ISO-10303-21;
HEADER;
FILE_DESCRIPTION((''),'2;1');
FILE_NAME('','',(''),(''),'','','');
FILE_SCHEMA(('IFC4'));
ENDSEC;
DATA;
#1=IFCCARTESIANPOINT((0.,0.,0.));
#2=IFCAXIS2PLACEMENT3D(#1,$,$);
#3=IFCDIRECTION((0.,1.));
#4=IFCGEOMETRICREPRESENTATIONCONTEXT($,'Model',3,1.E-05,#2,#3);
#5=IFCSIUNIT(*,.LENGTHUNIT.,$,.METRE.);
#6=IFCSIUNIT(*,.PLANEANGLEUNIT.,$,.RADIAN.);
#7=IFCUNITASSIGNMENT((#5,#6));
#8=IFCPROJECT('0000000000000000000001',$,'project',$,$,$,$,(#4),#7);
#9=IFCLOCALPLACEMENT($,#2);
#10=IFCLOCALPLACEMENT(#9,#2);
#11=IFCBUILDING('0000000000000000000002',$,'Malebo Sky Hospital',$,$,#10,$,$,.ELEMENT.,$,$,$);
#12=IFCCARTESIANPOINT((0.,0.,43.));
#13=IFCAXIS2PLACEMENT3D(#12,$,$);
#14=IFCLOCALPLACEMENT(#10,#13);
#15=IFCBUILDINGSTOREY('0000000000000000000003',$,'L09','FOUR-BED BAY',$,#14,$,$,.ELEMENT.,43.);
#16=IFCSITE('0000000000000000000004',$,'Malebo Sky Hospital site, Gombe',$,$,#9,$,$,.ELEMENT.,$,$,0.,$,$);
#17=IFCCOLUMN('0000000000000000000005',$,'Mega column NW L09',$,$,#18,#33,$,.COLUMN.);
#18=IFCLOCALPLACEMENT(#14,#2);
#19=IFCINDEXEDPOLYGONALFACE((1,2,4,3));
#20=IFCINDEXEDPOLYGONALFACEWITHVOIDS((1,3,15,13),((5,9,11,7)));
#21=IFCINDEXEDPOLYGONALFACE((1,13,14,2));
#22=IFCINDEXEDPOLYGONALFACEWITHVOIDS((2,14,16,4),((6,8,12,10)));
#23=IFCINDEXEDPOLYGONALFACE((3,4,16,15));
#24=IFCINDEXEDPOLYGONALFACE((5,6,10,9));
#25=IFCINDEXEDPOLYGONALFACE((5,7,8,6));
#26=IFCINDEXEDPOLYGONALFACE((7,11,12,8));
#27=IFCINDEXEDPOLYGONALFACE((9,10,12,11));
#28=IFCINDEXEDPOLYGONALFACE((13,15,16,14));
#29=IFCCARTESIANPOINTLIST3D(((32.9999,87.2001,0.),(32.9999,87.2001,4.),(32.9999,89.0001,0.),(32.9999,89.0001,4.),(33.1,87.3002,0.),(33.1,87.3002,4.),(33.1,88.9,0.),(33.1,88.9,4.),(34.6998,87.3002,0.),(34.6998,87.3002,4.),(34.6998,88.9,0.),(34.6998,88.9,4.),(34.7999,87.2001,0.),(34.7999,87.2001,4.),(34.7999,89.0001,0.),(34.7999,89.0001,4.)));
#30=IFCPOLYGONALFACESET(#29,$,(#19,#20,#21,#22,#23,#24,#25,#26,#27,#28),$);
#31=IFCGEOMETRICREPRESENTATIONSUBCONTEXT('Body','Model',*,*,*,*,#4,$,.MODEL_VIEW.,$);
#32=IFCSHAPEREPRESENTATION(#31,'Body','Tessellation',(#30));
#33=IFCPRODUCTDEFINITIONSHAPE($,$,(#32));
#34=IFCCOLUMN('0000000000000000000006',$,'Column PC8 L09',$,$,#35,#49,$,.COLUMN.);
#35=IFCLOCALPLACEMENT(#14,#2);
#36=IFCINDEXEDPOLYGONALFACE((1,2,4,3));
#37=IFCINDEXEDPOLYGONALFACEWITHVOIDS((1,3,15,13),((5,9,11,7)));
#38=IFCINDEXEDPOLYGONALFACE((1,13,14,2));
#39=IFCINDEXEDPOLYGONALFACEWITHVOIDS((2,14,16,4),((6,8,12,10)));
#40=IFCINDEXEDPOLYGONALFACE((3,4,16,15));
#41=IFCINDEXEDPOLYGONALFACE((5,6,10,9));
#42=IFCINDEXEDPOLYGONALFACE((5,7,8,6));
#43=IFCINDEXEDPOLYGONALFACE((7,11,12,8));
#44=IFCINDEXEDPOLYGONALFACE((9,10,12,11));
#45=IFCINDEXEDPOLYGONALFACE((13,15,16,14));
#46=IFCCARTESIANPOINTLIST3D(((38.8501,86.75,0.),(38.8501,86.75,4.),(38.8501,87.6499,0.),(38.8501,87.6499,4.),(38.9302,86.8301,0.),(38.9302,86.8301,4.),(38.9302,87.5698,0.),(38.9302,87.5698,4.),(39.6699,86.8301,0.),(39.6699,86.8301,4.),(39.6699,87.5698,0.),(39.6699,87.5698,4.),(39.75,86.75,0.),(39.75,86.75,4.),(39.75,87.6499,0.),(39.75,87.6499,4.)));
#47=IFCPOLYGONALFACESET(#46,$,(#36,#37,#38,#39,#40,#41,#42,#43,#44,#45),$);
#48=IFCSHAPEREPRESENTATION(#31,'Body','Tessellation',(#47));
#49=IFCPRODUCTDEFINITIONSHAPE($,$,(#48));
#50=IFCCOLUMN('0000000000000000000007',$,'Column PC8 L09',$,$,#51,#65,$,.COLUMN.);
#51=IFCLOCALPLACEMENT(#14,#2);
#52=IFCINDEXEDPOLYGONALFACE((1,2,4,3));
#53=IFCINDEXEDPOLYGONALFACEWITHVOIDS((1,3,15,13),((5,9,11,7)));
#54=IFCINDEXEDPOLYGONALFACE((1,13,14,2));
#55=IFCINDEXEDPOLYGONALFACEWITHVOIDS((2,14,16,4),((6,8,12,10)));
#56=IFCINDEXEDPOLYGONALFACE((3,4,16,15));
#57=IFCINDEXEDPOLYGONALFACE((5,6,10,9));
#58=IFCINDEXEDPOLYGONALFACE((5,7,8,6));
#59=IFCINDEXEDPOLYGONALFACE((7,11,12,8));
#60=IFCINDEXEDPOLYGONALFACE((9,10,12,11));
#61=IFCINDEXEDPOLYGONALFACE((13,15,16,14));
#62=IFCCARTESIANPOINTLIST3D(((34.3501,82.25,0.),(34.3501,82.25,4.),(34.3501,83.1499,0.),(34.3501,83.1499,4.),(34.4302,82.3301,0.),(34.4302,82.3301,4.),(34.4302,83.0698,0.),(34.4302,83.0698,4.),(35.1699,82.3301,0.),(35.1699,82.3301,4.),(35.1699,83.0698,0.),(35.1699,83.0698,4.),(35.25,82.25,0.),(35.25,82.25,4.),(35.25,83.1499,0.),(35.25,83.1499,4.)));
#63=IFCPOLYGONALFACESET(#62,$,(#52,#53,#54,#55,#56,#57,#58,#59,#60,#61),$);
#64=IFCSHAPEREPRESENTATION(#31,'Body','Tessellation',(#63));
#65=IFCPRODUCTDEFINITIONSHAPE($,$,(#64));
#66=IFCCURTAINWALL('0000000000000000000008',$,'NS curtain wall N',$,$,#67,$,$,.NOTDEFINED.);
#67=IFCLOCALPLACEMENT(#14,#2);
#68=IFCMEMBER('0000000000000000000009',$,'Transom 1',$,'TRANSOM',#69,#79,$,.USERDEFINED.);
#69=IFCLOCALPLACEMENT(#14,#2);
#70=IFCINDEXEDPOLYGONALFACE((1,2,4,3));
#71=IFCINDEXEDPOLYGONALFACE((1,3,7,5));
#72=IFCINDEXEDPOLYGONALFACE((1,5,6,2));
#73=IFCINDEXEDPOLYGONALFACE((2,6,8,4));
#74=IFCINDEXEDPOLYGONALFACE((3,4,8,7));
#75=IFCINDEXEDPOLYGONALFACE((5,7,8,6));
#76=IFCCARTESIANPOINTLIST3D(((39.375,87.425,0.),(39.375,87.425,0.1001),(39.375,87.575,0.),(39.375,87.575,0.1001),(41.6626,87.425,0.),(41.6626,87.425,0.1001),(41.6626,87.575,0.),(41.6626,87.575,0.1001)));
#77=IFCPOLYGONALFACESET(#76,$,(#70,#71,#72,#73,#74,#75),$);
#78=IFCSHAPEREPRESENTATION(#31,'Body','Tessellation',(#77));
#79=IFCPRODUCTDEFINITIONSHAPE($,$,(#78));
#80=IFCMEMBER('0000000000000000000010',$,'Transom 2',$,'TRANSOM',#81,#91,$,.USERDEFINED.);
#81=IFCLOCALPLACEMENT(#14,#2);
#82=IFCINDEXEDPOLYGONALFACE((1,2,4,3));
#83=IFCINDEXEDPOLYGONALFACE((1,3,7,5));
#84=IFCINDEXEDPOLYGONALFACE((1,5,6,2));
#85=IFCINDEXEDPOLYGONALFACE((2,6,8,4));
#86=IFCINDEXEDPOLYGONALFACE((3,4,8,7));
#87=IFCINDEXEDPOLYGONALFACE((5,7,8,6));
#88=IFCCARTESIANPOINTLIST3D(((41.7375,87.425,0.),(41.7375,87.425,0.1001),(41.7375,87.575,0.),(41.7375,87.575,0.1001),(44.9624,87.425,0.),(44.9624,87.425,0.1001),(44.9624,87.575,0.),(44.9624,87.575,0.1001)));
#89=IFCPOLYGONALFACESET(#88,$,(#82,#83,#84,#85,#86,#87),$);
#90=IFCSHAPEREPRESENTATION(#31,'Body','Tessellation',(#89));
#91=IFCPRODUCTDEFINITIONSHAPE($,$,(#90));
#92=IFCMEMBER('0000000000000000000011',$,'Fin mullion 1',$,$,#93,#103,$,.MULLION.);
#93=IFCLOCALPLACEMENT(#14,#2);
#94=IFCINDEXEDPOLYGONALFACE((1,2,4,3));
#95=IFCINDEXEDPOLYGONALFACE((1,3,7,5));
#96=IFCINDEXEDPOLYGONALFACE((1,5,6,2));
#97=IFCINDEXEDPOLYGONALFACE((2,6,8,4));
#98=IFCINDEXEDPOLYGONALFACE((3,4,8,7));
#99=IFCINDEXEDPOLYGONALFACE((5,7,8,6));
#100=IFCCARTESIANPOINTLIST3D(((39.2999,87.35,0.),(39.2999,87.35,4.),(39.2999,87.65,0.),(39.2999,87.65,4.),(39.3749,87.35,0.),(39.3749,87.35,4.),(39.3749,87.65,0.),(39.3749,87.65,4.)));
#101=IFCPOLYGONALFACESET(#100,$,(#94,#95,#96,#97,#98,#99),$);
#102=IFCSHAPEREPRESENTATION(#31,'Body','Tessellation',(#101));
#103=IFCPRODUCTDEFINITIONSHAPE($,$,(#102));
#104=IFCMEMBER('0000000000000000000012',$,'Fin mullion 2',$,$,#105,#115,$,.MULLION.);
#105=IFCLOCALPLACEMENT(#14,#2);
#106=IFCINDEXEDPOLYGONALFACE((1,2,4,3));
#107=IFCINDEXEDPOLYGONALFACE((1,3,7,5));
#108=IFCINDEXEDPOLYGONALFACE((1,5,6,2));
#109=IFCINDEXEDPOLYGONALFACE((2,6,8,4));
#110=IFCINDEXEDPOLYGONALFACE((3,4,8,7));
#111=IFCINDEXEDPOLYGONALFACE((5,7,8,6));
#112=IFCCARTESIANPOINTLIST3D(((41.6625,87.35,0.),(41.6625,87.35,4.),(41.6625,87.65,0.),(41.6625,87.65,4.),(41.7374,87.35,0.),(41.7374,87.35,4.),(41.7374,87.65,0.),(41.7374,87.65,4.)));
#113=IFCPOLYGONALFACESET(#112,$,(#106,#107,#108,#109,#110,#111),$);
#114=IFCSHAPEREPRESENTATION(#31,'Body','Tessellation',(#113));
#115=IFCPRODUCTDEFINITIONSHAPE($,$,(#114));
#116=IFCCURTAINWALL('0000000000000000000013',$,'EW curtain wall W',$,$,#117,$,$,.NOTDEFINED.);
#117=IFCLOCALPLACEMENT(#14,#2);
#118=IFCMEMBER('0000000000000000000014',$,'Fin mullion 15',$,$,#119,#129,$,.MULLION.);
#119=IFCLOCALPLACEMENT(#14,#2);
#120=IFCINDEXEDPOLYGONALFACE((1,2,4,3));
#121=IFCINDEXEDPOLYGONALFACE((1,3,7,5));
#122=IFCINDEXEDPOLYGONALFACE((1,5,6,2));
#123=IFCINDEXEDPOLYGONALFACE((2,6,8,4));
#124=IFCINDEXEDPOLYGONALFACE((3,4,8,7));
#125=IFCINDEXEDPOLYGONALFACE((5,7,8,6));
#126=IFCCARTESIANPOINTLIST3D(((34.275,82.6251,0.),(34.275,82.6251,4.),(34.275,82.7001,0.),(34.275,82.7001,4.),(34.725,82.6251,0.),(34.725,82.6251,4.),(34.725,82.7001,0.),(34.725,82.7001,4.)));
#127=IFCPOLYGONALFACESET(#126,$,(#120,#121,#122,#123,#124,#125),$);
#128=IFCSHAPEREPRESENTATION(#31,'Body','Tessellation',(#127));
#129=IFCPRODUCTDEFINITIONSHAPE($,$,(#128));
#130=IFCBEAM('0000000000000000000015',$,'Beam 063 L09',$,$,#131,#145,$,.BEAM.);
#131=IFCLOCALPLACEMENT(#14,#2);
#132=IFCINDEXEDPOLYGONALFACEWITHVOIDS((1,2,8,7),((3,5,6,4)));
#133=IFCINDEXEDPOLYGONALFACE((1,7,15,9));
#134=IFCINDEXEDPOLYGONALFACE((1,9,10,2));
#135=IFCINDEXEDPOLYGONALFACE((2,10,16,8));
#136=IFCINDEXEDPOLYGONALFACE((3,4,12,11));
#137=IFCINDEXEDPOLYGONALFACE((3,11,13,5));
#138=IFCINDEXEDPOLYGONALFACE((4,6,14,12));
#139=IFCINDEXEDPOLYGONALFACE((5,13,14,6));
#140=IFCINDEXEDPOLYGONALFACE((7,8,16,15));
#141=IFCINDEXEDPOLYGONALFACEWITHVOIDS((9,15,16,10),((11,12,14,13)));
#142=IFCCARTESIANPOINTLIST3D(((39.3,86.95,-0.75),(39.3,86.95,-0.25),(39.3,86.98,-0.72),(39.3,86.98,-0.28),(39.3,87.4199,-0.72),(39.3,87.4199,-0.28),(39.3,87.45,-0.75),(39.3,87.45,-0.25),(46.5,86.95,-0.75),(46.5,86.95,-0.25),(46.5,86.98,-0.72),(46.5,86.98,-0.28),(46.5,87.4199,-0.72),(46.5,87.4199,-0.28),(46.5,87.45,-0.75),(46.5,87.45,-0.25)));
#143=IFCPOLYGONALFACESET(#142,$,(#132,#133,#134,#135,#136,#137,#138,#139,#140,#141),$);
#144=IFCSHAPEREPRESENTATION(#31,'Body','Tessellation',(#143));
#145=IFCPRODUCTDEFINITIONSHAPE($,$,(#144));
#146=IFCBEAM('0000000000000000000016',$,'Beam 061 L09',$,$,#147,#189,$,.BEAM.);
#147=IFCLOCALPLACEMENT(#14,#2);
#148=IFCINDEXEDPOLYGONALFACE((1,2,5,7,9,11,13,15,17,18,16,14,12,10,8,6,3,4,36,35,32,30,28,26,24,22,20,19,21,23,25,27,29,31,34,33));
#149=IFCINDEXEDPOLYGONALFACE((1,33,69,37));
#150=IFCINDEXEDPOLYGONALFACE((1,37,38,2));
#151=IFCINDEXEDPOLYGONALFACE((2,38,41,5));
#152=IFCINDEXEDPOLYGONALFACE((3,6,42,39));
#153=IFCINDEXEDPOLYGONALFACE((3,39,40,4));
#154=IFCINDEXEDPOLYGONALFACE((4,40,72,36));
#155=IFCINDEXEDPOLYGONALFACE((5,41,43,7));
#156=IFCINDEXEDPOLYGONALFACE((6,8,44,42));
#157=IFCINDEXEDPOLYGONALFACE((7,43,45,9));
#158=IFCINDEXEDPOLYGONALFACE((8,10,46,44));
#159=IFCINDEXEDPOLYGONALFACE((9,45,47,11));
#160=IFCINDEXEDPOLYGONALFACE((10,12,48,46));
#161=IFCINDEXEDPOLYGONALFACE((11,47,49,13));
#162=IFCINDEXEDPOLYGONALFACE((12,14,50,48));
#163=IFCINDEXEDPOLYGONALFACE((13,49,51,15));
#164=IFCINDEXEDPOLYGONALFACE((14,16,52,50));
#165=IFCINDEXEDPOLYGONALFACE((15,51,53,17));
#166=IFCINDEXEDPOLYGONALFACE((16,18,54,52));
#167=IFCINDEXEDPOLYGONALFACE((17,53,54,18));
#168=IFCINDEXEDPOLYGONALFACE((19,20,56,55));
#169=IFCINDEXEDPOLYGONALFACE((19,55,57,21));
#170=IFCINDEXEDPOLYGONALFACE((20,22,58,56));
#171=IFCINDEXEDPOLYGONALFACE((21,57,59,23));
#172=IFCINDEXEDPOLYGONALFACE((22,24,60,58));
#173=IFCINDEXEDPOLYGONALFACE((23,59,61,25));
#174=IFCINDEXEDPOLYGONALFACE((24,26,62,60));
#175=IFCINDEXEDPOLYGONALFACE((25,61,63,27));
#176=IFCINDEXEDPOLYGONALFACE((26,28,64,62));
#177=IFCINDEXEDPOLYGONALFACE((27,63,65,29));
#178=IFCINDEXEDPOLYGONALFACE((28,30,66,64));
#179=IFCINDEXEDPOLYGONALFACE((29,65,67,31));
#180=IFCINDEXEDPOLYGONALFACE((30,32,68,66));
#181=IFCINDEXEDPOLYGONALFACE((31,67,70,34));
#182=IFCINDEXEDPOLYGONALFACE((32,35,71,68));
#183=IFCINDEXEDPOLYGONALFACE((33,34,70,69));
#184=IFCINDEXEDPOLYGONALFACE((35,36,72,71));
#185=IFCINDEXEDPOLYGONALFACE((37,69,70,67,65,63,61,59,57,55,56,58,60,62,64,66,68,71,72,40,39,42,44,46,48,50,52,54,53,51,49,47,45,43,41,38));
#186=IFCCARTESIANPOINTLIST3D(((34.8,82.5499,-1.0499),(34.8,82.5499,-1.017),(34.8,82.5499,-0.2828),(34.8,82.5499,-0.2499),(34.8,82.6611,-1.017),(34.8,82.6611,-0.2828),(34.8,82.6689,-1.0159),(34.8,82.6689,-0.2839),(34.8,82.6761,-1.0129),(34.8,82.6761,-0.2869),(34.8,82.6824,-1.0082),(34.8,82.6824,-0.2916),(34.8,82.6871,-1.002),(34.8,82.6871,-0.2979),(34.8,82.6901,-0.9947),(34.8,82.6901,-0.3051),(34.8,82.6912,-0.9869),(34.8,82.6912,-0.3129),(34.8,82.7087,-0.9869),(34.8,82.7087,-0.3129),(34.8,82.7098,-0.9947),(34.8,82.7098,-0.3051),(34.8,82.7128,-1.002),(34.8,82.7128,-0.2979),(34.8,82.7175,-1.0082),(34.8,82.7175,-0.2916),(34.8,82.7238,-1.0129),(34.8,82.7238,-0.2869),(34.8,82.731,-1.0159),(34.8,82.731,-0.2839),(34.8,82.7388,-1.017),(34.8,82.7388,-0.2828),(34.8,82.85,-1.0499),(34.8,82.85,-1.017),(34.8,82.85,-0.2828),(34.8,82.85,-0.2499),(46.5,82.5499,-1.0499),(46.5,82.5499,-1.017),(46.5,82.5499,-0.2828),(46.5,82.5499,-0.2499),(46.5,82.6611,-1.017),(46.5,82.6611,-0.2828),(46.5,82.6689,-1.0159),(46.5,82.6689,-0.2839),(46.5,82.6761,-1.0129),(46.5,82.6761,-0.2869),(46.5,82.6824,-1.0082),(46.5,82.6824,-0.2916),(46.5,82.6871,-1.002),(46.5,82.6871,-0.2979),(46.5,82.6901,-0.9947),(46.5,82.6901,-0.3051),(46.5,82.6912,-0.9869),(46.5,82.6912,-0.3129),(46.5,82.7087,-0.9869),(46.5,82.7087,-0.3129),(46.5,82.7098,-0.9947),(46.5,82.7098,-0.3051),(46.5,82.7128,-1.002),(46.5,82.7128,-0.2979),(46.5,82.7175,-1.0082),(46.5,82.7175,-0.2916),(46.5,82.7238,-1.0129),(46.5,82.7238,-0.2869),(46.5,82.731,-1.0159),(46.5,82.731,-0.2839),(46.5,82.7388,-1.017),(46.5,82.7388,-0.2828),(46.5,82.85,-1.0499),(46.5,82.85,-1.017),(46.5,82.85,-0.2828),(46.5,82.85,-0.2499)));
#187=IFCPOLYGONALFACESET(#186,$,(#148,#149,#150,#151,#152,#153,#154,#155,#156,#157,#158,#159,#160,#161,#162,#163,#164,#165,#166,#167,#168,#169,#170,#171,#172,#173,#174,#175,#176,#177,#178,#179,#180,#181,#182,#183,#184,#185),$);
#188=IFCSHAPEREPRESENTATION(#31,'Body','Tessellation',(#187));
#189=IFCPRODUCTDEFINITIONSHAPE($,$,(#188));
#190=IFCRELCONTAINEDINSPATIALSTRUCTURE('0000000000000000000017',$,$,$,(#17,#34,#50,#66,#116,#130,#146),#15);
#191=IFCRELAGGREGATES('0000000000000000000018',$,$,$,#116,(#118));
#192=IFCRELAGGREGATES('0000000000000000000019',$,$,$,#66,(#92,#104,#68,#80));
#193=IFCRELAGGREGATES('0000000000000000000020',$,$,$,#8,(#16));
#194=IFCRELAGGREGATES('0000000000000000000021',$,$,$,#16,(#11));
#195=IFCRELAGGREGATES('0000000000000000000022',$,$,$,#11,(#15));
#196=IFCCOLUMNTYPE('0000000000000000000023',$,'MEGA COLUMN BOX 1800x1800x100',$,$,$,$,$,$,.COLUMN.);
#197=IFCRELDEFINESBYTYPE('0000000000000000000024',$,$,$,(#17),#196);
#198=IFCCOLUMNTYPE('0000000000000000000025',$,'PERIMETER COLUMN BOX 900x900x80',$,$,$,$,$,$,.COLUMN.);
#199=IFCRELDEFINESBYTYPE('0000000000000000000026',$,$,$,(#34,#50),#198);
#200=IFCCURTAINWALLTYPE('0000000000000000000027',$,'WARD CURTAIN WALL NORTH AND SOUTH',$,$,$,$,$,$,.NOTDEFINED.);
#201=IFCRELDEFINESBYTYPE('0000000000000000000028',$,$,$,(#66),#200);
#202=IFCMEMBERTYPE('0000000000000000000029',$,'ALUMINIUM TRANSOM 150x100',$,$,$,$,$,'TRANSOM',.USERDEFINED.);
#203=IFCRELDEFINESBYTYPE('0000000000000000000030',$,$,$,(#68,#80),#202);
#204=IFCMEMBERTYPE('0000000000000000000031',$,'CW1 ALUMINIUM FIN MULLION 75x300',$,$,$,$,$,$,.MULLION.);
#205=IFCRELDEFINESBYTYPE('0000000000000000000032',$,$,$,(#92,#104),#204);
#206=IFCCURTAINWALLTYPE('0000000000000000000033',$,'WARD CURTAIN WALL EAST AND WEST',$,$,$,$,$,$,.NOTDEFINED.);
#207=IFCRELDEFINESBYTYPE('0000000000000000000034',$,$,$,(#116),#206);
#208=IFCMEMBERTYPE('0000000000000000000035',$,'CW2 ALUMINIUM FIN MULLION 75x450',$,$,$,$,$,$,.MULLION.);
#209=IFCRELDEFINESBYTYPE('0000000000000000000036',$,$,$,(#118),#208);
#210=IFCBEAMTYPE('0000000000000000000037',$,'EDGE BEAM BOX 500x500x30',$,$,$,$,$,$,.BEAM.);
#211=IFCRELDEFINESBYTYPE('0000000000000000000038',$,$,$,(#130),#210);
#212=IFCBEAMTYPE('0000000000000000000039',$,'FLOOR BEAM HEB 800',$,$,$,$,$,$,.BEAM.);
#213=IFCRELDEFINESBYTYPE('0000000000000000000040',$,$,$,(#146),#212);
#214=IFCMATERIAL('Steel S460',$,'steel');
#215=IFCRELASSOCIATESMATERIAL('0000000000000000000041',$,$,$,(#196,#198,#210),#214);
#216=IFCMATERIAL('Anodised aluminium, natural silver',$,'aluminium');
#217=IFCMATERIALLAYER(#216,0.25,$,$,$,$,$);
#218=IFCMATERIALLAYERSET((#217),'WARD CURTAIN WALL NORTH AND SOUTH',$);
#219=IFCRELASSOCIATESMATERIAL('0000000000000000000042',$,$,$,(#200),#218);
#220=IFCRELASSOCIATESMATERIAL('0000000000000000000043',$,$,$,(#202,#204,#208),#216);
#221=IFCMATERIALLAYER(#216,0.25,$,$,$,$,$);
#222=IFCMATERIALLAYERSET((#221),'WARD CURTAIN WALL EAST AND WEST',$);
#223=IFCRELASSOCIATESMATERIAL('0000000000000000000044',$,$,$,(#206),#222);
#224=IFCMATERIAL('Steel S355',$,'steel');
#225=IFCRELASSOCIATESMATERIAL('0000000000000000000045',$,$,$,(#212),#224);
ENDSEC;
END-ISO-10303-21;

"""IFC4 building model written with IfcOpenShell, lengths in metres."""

from ifc_helpers import new_model, si_unit, direction, frame, origin, origin_2d, place, context, subcontext, project, spatial, rectangle, hollow_rectangle, i_section, extrude, material, layer, layer_set, material_profile, profile_set, type_object, element, aggregate, save


model = new_model("IFC4")

# Units and contexts
model_context = context("Model", 3, precision=1e-05, world=origin(), true_north=direction((0.0, 1.0)))
body_context = subcontext(model_context, "Body", "Model", "MODEL_VIEW")
ifc_project = project(units=[si_unit("LENGTHUNIT", "METRE"), si_unit("PLANEANGLEUNIT", "RADIAN")], contexts=[model_context])

# Site, building, storey
site_placement = place(None, origin())
site = spatial("IfcSite", under=ifc_project, at=site_placement, Name="Malebo Sky Hospital site, Gombe", CompositionType="ELEMENT", RefElevation=0.0)
building_placement = place(site_placement, origin())
building = spatial("IfcBuilding", under=site, at=building_placement, Name="Malebo Sky Hospital", CompositionType="ELEMENT")
storey_placement = place(building_placement, frame((0.0, 0.0, 43.0)))
storey = spatial("IfcBuildingStorey", under=building, at=storey_placement, Name="L09", Description="FOUR-BED BAY", CompositionType="ELEMENT", Elevation=43.0)

# Columns
ifc_material_1 = material(Name="Steel S460", Category="steel")
ifc_material_profile_1 = material_profile(ifc_material_1, hollow_rectangle(XDim=1.8, YDim=1.8, WallThickness=0.1001, at=origin_2d()), Name="BOX 1800x1800x100")
ifc_profile_set_1 = profile_set([ifc_material_profile_1], Name="Steel S460")
column_type_1 = type_object("IfcColumnType", Name="MEGA COLUMN BOX 1800x1800x100", PredefinedType="COLUMN", material=ifc_profile_set_1)
column_placement = place(storey_placement, frame((33.8999, 88.1001, 0.0), z_axis=(0.0, 0.0, 1.0), x_axis=(1.0, 0.0, 0.0)))
element("IfcColumn", 1, at=column_placement, inside=storey, type_object=column_type_1, Name="Mega column NW L09", PredefinedType="COLUMN", context=body_context, shape_type="SweptSolid", body=[
    extrude(hollow_rectangle(XDim=1.8, YDim=1.8, WallThickness=0.1001, at=origin_2d()), origin(), (0.0, 0.0, 1.0), 4.0),
])
ifc_material_profile_2 = material_profile(ifc_material_1, hollow_rectangle(XDim=0.8999, YDim=0.8999, WallThickness=0.0801, at=origin_2d()), Name="BOX 900x900x80")
ifc_profile_set_2 = profile_set([ifc_material_profile_2], Name="Steel S460")
column_type_2 = type_object("IfcColumnType", Name="PERIMETER COLUMN BOX 900x900x80", PredefinedType="COLUMN", material=ifc_profile_set_2)
for number, where, z_axis, x_axis, name in (
    (2, (39.3, 87.2, 0.0), (0.0, 0.0, 1.0), (1.0, 0.0, 0.0), "Column PC8 L09"),
    (3, (34.8, 82.7, 0.0), (0.0, 0.0, 1.0), (1.0, 0.0, 0.0), "Column PC8 L09"),
):
    element("IfcColumn", number, at=place(storey_placement, frame(where, z_axis=z_axis, x_axis=x_axis)), inside=storey, type_object=column_type_2, Name=name, PredefinedType="COLUMN", context=body_context, shape_type="SweptSolid", body=[
        extrude(hollow_rectangle(XDim=0.8999, YDim=0.8999, WallThickness=0.0801, at=origin_2d()), origin(), (0.0, 0.0, 1.0), 4.0),
    ])

# Curtain wall, members
ifc_material_2 = material(Name="Anodised aluminium, natural silver", Category="aluminium")
ifc_layer_1 = layer(ifc_material_2, 0.25)
ifc_layer_set_1 = layer_set([ifc_layer_1], Name="WARD CURTAIN WALL NORTH AND SOUTH")
curtain_wall_type_1 = type_object("IfcCurtainWallType", Name="WARD CURTAIN WALL NORTH AND SOUTH", PredefinedType="NOTDEFINED", material=ifc_layer_set_1)
curtain_wall_1_placement = place(storey_placement, origin())
curtain_wall_1 = element("IfcCurtainWall", 4, at=curtain_wall_1_placement, inside=storey, type_object=curtain_wall_type_1, Name="NS curtain wall N", PredefinedType="NOTDEFINED")
ifc_material_profile_3 = material_profile(ifc_material_2, rectangle(XDim=0.1499, YDim=0.1001, at=origin_2d()), Name="ALUMINIUM TRANSOM 150x100")
ifc_profile_set_3 = profile_set([ifc_material_profile_3], Name="Anodised aluminium, natural silver")
member_type_1 = type_object("IfcMemberType", Name="ALUMINIUM TRANSOM 150x100", ElementType="TRANSOM", PredefinedType="USERDEFINED", material=ifc_profile_set_3)
member_1_placement = place(storey_placement, frame((39.375, 87.5, 0.05), z_axis=(1.0, 0.0, 0.0), x_axis=(0.0, 1.0, 0.0)))
member_1 = element("IfcMember", 5, at=member_1_placement, type_object=member_type_1, Name="Transom 1", ObjectType="TRANSOM", PredefinedType="USERDEFINED", context=body_context, shape_type="SweptSolid", body=[
    extrude(rectangle(XDim=0.1499, YDim=0.1001, at=origin_2d()), origin(), (0.0, 0.0, 1.0), 2.2876),
])
member_2_placement = place(storey_placement, frame((41.7375, 87.5, 0.05), z_axis=(1.0, 0.0, 0.0), x_axis=(0.0, 1.0, 0.0)))
member_2 = element("IfcMember", 6, at=member_2_placement, type_object=member_type_1, Name="Transom 2", ObjectType="TRANSOM", PredefinedType="USERDEFINED", context=body_context, shape_type="SweptSolid", body=[
    extrude(rectangle(XDim=0.1499, YDim=0.1001, at=origin_2d()), origin(), (0.0, 0.0, 1.0), 3.2249),
])
ifc_material_profile_4 = material_profile(ifc_material_2, rectangle(XDim=0.075, YDim=0.3, at=origin_2d()), Name="CW1 ALUMINIUM FIN MULLION 75x300")
ifc_profile_set_4 = profile_set([ifc_material_profile_4], Name="Anodised aluminium, natural silver")
member_type_2 = type_object("IfcMemberType", Name="CW1 ALUMINIUM FIN MULLION 75x300", PredefinedType="MULLION", material=ifc_profile_set_4)
member_3_placement = place(storey_placement, frame((39.3374, 87.5, 0.0), z_axis=(0.0, 0.0, 1.0), x_axis=(1.0, 0.0, 0.0)))
member_3 = element("IfcMember", 7, at=member_3_placement, type_object=member_type_2, Name="Fin mullion 1", PredefinedType="MULLION", context=body_context, shape_type="SweptSolid", body=[
    extrude(rectangle(XDim=0.075, YDim=0.3, at=origin_2d()), origin(), (0.0, 0.0, 1.0), 4.0),
])
member_4_placement = place(storey_placement, frame((41.7, 87.5, 0.0), z_axis=(0.0, 0.0, 1.0), x_axis=(1.0, 0.0, 0.0)))
member_4 = element("IfcMember", 8, at=member_4_placement, type_object=member_type_2, Name="Fin mullion 2", PredefinedType="MULLION", context=body_context, shape_type="SweptSolid", body=[
    extrude(rectangle(XDim=0.075, YDim=0.3, at=origin_2d()), origin(), (0.0, 0.0, 1.0), 4.0),
])

# Curtain wall, member
ifc_layer_2 = layer(ifc_material_2, 0.25)
ifc_layer_set_2 = layer_set([ifc_layer_2], Name="WARD CURTAIN WALL EAST AND WEST")
curtain_wall_type_2 = type_object("IfcCurtainWallType", Name="WARD CURTAIN WALL EAST AND WEST", PredefinedType="NOTDEFINED", material=ifc_layer_set_2)
curtain_wall_2_placement = place(storey_placement, origin())
curtain_wall_2 = element("IfcCurtainWall", 9, at=curtain_wall_2_placement, inside=storey, type_object=curtain_wall_type_2, Name="EW curtain wall W", PredefinedType="NOTDEFINED")
ifc_material_profile_5 = material_profile(ifc_material_2, rectangle(XDim=0.075, YDim=0.45, at=origin_2d()), Name="CW2 ALUMINIUM FIN MULLION 75x450")
ifc_profile_set_5 = profile_set([ifc_material_profile_5], Name="Anodised aluminium, natural silver")
member_type_3 = type_object("IfcMemberType", Name="CW2 ALUMINIUM FIN MULLION 75x450", PredefinedType="MULLION", material=ifc_profile_set_5)
member_5_placement = place(storey_placement, frame((34.5, 82.6626, 0.0), z_axis=(0.0, 0.0, 1.0), x_axis=(0.0, 1.0, 0.0)))
member_5 = element("IfcMember", 10, at=member_5_placement, type_object=member_type_3, Name="Fin mullion 15", PredefinedType="MULLION", context=body_context, shape_type="SweptSolid", body=[
    extrude(rectangle(XDim=0.075, YDim=0.45, at=origin_2d()), origin(), (0.0, 0.0, 1.0), 4.0),
])
aggregate(curtain_wall_2, [member_5])

# Beams
ifc_material_profile_6 = material_profile(ifc_material_1, hollow_rectangle(XDim=0.5, YDim=0.5, WallThickness=0.03, at=origin_2d()), Name="BOX 500x500x30")
ifc_profile_set_6 = profile_set([ifc_material_profile_6], Name="Steel S460")
beam_type_1 = type_object("IfcBeamType", Name="EDGE BEAM BOX 500x500x30", PredefinedType="BEAM", material=ifc_profile_set_6)
beam_1_placement = place(storey_placement, frame((39.3, 87.2, -0.5), z_axis=(1.0, 0.0, 0.0), x_axis=(0.0, 1.0, 0.0)))
element("IfcBeam", 11, at=beam_1_placement, inside=storey, type_object=beam_type_1, Name="Beam 063 L09", PredefinedType="BEAM", context=body_context, shape_type="SweptSolid", body=[
    extrude(hollow_rectangle(XDim=0.5, YDim=0.5, WallThickness=0.03, at=origin_2d()), origin(), (0.0, 0.0, 1.0), 7.2),
])
ifc_material_3 = material(Name="Steel S355", Category="steel")
ifc_material_profile_7 = material_profile(ifc_material_3, i_section(OverallWidth=0.3, OverallDepth=0.8, WebThickness=0.0176, FlangeThickness=0.033, FilletRadius=0.03, at=origin_2d()), Name="HEB 800")
ifc_profile_set_7 = profile_set([ifc_material_profile_7], Name="Steel S355")
beam_type_2 = type_object("IfcBeamType", Name="FLOOR BEAM HEB 800", PredefinedType="BEAM", material=ifc_profile_set_7)
beam_2_placement = place(storey_placement, frame((34.8, 82.7, -0.6499), z_axis=(1.0, 0.0, 0.0), x_axis=(0.0, 1.0, 0.0)))
element("IfcBeam", 12, at=beam_2_placement, inside=storey, type_object=beam_type_2, Name="Beam 061 L09", PredefinedType="BEAM", context=body_context, shape_type="SweptSolid", body=[
    extrude(i_section(OverallWidth=0.3, OverallDepth=0.8, WebThickness=0.0176, FlangeThickness=0.033, FilletRadius=0.03, at=origin_2d()), origin(), (0.0, 0.0, 1.0), 11.7),
])

aggregate(curtain_wall_1, [member_3, member_4, member_1, member_2])

save(model, "model.ifc")
